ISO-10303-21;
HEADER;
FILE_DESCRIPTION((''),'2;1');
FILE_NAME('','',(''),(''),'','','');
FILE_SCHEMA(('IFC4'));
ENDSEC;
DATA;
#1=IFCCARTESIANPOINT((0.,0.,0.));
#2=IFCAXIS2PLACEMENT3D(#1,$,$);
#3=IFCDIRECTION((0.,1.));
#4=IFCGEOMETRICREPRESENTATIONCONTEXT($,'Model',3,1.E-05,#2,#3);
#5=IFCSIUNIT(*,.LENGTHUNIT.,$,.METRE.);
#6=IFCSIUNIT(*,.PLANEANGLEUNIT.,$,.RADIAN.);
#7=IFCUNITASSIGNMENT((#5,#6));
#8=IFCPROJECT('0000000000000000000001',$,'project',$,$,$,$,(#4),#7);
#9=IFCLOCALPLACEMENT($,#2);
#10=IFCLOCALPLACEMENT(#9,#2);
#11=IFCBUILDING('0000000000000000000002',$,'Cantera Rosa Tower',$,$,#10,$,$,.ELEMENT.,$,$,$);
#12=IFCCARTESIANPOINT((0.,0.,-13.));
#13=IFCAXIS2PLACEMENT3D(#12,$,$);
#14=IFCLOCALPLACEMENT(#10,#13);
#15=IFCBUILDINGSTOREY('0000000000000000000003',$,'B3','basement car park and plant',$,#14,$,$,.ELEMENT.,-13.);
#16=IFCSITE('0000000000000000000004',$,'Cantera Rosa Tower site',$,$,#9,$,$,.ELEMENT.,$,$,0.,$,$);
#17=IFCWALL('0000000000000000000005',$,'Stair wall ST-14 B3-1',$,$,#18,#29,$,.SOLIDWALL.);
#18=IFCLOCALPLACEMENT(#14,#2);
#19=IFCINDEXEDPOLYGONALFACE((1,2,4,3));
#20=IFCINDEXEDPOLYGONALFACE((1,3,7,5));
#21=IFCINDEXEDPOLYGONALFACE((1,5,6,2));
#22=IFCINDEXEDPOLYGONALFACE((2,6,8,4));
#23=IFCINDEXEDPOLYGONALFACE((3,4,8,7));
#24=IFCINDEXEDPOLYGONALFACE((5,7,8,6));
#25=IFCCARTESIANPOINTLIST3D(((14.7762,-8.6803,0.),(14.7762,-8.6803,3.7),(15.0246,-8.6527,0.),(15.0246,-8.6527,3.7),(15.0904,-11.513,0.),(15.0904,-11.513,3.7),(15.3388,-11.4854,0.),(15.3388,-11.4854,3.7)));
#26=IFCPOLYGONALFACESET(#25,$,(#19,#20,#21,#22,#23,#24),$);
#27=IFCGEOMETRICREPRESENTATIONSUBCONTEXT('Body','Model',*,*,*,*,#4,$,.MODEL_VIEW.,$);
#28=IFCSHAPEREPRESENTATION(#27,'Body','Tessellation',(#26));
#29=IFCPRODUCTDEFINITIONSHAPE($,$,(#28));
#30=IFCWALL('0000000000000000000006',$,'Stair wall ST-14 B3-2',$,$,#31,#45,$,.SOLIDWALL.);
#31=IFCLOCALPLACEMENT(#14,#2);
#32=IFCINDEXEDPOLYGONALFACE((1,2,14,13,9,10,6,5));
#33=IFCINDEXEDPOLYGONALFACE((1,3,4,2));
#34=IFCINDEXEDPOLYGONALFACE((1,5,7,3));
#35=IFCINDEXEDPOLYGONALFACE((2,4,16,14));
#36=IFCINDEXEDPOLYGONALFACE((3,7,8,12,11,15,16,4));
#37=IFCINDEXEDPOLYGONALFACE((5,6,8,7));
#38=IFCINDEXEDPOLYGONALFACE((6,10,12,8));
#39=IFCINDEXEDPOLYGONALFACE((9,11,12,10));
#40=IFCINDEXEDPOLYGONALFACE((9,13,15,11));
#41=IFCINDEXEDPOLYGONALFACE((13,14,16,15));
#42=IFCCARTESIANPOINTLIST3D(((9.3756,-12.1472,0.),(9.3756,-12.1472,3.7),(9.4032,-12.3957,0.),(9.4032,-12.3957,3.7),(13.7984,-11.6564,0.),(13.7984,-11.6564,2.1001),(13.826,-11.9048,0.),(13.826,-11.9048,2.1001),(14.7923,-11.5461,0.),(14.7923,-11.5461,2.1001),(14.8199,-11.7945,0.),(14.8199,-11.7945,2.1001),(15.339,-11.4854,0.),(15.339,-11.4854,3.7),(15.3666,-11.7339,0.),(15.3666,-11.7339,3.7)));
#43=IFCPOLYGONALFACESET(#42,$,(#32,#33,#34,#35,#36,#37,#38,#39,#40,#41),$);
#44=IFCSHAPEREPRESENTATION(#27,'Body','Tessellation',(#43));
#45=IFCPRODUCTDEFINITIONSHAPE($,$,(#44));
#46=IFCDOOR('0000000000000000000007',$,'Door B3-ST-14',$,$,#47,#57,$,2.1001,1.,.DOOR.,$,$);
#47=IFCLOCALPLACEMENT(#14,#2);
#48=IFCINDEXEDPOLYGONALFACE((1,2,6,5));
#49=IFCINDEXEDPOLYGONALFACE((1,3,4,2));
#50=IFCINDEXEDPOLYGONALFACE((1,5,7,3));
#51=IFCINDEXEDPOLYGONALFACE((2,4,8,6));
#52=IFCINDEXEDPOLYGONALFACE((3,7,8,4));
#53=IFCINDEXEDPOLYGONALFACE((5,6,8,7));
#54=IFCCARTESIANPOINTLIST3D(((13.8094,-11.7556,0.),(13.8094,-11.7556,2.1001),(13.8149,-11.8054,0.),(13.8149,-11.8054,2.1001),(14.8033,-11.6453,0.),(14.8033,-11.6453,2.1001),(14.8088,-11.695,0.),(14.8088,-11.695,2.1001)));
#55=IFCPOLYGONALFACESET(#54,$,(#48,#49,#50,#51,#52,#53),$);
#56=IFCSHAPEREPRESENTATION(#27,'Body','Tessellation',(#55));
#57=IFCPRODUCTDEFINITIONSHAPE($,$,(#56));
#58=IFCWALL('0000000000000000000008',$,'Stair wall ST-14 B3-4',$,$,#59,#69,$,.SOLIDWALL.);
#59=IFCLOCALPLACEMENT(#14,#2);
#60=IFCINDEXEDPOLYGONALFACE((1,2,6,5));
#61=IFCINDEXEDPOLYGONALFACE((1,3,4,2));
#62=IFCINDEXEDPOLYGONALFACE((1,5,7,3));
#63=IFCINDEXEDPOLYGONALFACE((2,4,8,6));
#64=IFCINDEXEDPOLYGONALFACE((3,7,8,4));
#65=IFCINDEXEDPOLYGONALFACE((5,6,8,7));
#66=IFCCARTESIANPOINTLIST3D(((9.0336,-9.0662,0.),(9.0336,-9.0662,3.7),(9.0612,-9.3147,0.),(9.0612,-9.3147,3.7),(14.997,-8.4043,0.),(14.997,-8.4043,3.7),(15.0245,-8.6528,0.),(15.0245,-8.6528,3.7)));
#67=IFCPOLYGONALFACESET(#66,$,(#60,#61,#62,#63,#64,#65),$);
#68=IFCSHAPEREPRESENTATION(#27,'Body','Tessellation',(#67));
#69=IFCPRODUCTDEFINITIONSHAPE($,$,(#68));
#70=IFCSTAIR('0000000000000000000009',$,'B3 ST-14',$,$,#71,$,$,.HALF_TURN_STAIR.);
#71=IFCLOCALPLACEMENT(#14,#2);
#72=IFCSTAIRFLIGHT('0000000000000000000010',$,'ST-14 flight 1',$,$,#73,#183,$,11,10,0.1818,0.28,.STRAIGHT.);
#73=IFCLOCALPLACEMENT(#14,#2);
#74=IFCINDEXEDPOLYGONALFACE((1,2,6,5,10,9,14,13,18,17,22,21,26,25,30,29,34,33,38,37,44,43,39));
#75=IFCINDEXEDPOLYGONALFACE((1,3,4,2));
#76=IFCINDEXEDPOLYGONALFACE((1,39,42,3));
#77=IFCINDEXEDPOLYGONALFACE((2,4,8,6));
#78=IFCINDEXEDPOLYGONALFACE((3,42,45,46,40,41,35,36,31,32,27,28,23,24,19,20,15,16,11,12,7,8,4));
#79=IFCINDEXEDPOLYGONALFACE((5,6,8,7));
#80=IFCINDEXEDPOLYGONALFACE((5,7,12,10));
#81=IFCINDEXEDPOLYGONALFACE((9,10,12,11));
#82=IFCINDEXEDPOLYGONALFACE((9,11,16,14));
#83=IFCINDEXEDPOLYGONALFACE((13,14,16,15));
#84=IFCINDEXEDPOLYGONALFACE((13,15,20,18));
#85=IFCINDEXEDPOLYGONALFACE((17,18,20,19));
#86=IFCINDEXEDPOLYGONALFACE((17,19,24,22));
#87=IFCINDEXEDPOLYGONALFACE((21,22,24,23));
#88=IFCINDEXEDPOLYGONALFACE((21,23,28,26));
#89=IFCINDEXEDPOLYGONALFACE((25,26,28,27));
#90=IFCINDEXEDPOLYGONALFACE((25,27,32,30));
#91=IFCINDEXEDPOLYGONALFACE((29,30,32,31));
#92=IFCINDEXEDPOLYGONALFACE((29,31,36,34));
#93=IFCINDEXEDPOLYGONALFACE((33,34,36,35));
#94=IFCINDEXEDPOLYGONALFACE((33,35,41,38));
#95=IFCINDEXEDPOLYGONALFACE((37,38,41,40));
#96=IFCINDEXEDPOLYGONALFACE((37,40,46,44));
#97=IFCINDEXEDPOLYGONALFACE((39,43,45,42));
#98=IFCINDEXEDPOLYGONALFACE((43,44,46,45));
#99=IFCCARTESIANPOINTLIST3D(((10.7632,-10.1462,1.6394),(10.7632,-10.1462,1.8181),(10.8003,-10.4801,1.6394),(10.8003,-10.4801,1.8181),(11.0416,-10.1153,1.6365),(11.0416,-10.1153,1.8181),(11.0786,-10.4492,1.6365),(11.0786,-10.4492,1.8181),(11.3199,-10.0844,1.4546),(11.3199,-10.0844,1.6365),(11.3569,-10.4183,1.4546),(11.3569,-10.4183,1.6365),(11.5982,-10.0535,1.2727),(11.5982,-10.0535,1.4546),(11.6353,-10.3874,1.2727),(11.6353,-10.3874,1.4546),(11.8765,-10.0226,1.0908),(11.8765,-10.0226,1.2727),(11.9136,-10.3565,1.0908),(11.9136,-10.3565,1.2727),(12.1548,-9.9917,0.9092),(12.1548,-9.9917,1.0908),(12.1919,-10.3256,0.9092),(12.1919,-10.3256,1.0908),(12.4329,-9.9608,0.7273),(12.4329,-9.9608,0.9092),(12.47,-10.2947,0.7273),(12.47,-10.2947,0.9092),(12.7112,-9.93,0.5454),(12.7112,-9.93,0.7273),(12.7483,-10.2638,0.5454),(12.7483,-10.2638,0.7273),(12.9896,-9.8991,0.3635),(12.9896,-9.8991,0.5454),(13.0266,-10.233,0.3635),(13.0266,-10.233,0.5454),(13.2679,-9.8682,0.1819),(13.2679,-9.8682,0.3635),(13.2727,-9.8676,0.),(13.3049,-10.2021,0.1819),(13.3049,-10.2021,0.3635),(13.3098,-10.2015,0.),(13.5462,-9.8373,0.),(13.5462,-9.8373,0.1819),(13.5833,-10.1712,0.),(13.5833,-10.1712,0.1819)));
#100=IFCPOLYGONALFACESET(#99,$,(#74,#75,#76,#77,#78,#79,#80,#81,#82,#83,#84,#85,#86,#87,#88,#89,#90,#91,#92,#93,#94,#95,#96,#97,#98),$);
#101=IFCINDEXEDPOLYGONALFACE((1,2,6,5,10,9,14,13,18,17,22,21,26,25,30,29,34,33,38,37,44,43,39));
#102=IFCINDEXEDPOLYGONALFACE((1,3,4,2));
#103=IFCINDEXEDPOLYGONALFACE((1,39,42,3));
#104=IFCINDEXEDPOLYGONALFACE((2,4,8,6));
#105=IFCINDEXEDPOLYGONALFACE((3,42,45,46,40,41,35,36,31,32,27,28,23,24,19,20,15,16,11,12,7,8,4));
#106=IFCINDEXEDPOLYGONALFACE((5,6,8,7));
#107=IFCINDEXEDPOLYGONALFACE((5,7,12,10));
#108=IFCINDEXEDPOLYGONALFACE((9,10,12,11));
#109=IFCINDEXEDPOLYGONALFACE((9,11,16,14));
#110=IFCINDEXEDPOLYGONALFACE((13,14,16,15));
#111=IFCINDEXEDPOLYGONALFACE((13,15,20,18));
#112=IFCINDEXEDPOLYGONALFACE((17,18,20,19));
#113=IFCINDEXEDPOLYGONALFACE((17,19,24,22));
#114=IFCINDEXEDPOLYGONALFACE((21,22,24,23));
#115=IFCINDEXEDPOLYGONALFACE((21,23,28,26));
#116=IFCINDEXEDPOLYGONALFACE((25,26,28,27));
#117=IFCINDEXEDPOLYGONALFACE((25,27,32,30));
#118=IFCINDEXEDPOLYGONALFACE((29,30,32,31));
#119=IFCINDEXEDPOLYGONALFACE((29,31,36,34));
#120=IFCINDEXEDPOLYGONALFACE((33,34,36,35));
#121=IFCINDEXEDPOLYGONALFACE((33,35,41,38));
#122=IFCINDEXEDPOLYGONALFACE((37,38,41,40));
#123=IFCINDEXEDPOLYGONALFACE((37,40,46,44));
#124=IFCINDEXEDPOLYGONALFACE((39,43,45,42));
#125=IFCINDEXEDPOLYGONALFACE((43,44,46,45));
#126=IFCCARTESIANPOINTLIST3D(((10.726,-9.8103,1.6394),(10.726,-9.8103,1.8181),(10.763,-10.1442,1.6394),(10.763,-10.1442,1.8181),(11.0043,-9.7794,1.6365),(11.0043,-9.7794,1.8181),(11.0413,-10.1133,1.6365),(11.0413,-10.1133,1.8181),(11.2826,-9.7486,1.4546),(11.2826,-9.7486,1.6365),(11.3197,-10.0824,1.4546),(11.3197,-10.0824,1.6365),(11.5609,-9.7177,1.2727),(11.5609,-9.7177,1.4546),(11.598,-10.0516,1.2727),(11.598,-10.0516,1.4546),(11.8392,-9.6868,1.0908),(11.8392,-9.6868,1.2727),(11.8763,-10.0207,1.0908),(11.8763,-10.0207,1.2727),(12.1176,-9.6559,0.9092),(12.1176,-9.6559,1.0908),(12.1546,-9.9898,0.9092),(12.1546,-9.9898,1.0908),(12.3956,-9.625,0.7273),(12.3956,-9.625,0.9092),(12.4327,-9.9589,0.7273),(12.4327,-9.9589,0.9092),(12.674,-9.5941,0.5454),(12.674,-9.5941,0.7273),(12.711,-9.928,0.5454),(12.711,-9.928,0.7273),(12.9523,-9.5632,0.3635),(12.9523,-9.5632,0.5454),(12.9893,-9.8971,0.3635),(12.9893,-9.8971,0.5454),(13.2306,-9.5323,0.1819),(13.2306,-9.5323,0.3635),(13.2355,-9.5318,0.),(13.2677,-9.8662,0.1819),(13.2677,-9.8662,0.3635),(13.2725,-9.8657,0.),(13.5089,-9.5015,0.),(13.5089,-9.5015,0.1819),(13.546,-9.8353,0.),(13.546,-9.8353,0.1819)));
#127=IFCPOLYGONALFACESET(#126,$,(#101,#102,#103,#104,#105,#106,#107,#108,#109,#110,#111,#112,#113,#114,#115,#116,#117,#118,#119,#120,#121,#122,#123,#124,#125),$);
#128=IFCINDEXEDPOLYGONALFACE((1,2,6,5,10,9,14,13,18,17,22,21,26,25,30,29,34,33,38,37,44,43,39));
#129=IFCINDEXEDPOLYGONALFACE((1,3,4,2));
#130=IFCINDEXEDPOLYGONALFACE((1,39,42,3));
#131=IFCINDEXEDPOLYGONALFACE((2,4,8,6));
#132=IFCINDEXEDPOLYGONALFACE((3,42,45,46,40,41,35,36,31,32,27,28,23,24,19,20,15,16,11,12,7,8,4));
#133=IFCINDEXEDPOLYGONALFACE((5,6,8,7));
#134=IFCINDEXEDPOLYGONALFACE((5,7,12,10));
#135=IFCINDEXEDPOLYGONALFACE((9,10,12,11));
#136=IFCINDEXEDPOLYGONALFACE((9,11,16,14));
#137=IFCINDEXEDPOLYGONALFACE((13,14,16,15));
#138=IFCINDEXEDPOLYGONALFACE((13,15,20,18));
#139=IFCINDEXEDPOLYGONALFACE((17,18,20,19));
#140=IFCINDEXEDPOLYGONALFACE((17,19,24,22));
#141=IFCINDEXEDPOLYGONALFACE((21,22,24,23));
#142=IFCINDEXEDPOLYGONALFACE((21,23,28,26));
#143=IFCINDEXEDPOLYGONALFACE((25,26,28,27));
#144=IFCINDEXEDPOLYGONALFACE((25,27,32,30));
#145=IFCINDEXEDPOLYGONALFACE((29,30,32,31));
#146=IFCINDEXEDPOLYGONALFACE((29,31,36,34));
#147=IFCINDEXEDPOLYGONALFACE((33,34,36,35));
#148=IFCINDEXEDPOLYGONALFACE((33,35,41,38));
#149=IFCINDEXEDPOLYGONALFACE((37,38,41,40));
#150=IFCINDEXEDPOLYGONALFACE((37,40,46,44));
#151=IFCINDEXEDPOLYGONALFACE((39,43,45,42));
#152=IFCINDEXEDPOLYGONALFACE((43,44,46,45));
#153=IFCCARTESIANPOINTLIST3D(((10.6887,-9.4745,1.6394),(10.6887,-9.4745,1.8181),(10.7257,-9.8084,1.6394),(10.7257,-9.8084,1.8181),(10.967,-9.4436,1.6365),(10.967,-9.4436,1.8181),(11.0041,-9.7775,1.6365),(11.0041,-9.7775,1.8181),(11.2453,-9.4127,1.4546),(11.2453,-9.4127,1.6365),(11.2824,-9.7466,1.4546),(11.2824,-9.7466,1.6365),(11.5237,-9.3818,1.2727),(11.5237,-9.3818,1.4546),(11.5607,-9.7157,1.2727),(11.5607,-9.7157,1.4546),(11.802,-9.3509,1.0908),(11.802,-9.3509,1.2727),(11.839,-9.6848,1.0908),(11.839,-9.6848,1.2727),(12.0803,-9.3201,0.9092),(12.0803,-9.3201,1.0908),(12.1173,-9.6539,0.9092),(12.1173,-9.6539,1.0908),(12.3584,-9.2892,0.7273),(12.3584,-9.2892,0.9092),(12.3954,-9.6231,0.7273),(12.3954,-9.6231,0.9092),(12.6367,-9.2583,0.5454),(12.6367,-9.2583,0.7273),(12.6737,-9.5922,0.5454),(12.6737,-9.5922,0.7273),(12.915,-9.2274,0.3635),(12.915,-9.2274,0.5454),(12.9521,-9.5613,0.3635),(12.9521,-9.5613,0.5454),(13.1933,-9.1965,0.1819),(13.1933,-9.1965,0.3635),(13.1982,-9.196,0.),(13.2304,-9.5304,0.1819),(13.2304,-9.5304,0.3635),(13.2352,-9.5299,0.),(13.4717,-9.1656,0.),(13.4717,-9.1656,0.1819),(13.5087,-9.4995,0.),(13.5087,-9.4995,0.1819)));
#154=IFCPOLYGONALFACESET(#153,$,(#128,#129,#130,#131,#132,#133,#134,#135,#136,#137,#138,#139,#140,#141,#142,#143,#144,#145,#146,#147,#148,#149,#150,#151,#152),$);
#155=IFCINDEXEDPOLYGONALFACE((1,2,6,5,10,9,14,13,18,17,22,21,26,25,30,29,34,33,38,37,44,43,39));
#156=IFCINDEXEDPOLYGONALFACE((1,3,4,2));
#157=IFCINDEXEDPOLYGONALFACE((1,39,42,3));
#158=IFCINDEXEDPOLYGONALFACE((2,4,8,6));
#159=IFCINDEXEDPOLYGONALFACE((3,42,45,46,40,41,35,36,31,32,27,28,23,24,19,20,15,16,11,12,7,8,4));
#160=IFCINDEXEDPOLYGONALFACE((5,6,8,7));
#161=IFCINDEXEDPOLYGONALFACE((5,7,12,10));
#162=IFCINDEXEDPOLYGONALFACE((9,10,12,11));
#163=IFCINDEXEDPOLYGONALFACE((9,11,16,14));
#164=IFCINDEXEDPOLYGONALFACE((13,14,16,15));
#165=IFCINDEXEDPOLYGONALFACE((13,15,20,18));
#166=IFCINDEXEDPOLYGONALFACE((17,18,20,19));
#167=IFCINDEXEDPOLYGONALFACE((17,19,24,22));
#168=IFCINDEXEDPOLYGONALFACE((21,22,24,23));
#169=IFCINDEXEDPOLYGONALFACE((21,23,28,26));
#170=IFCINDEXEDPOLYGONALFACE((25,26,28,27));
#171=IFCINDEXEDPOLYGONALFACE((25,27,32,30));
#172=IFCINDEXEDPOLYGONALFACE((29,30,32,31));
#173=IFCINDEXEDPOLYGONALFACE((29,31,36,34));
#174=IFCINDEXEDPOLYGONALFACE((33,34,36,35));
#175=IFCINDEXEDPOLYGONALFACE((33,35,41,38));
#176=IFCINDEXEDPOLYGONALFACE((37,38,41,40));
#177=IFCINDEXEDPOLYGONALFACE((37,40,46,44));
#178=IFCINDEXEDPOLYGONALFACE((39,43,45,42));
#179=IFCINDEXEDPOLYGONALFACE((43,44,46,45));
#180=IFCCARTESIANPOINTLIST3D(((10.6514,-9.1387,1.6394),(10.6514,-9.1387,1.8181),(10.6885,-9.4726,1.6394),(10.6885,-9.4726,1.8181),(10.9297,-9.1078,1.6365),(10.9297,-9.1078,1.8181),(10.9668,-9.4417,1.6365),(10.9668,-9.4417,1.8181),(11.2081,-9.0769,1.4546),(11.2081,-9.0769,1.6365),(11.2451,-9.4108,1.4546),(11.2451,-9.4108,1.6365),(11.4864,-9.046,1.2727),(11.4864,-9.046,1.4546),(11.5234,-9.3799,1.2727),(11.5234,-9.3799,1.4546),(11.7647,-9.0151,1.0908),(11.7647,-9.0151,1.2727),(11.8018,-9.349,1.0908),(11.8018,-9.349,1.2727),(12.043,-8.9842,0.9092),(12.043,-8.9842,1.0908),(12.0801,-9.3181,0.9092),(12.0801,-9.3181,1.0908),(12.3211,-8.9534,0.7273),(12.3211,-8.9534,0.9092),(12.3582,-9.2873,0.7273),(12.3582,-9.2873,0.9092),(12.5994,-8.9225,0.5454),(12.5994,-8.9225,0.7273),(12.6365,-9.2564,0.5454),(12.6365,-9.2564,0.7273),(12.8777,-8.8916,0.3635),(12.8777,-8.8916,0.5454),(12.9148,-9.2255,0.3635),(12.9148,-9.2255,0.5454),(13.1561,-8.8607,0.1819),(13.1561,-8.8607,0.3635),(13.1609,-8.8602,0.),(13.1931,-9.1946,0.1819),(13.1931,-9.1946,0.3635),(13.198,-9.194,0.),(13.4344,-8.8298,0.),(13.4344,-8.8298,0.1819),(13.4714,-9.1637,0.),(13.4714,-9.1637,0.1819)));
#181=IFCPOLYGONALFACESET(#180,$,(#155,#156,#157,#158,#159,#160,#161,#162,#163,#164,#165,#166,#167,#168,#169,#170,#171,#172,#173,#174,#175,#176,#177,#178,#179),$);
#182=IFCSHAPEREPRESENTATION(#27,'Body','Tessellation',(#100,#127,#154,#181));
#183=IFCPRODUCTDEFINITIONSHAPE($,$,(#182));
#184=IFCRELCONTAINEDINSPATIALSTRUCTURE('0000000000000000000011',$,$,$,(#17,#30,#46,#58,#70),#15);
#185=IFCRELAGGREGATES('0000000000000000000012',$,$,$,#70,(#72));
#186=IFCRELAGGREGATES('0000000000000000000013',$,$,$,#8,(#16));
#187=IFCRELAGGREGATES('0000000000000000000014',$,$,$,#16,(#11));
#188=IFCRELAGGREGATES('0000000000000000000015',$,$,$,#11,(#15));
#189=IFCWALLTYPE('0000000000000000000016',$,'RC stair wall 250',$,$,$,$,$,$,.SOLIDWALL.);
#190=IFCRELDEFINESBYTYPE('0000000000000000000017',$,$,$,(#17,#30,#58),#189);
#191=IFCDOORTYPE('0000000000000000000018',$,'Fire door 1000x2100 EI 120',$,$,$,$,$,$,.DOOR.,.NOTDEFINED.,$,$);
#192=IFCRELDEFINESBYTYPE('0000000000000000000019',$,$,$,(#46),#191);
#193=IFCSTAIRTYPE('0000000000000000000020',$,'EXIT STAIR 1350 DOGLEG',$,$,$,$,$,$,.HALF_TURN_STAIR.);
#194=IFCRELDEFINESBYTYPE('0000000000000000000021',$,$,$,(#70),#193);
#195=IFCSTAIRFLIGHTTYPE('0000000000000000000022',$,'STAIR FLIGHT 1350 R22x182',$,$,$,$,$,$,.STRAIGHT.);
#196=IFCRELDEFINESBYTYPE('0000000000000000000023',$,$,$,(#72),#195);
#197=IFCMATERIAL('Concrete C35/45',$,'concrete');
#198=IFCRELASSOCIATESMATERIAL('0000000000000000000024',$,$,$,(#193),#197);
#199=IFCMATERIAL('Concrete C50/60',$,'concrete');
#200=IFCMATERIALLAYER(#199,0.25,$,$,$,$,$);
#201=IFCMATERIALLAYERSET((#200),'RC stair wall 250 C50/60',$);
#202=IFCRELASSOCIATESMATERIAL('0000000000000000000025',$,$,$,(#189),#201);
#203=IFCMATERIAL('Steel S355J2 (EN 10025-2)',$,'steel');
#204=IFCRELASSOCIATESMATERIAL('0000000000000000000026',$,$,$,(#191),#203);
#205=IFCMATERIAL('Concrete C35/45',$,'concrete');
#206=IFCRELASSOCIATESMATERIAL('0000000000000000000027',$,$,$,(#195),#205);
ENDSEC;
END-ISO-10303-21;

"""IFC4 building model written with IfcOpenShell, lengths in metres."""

from ifc_helpers import new_model, si_unit, direction, frame, frame_2d, origin, place, context, subcontext, project, spatial, polyline, rectangle, outline, extrude, material, layer, layer_set, type_object, element, fill, aggregate, save


model = new_model("IFC4")

# Units and contexts
model_context = context("Model", 3, precision=1e-05, world=origin(), true_north=direction((0.0, 1.0)))
body_context = subcontext(model_context, "Body", "Model", "MODEL_VIEW")
ifc_project = project(units=[si_unit("LENGTHUNIT", "METRE"), si_unit("PLANEANGLEUNIT", "RADIAN")], contexts=[model_context])

# Site, building, storey
site_placement = place(None, origin())
site = spatial("IfcSite", under=ifc_project, at=site_placement, Name="Cantera Rosa Tower site", CompositionType="ELEMENT", RefElevation=0.0)
building_placement = place(site_placement, origin())
building = spatial("IfcBuilding", under=site, at=building_placement, Name="Cantera Rosa Tower", CompositionType="ELEMENT")
storey_placement = place(building_placement, frame((0.0, 0.0, -13.0)))
storey = spatial("IfcBuildingStorey", under=building, at=storey_placement, Name="B3", Description="basement car park and plant", CompositionType="ELEMENT", Elevation=-13.0)

# Shared definitions
ifc_material_1 = material(Name="Concrete C35/45", Category="concrete")
stair_type = type_object("IfcStairType", Name="EXIT STAIR 1350 DOGLEG", PredefinedType="HALF_TURN_STAIR", material=ifc_material_1)

# Wall
ifc_material_2 = material(Name="Concrete C50/60", Category="concrete")
ifc_layer_1 = layer(ifc_material_2, 0.25)
ifc_layer_set_1 = layer_set([ifc_layer_1], Name="RC stair wall 250 C50/60")
wall_type_1 = type_object("IfcWallType", Name="RC stair wall 250", PredefinedType="SOLIDWALL", material=ifc_layer_set_1)
wall_1_placement = place(storey_placement, frame((14.9004, -8.6665, 0.0), z_axis=(0.0, 0.0, 1.0), x_axis=(0.110243, -0.993905, 0.0)))
element("IfcWall", 1, at=wall_1_placement, inside=storey, type_object=wall_type_1, Name="Stair wall ST-14 B3-1", PredefinedType="SOLIDWALL", context=body_context, shape_type="SweptSolid", body=[
    extrude(rectangle(XDim=2.8501, YDim=0.25, at=frame_2d((1.425, 0.0))), origin(), (0.0, 0.0, 1.0), 3.7),
])

# Wall, opening, door
wall_2_placement = place(storey_placement, frame((15.3528, -11.6096, 0.0), z_axis=(0.0, 0.0, 1.0), x_axis=(-0.993897, -0.110311, 0.0)))
wall_2 = element("IfcWall", 2, at=wall_2_placement, inside=storey, type_object=wall_type_1, Name="Stair wall ST-14 B3-2", PredefinedType="SOLIDWALL", context=body_context, shape_type="SweptSolid", body=[
    extrude(rectangle(XDim=6.0, YDim=0.25, at=frame_2d((3.0, 0.0))), origin(), (0.0, 0.0, 1.0), 3.7),
])
opening_1_placement = place(wall_2_placement, frame((0.55, 0.0, 0.0)))
opening_1 = element("IfcOpeningElement", 3, at=opening_1_placement, cuts=wall_2, PredefinedType="OPENING", context=body_context, shape_type="SweptSolid", body=[
    extrude(rectangle(XDim=1.0, YDim=2.1001, at=frame_2d((0.5, 1.05))), frame((0.0, 0.135, 0.0), z_axis=(0.0, -1.0, 0.0), x_axis=(1.0, 0.0, 0.0)), (0.0, 0.0, 1.0), 0.27),
])
ifc_material_3 = material(Name="Steel S355J2 (EN 10025-2)", Category="steel")
door_type_1 = type_object("IfcDoorType", Name="Fire door 1000x2100 EI 120", OperationType="NOTDEFINED", PredefinedType="DOOR", material=ifc_material_3)
door_1_placement = place(opening_1_placement, origin())
door_1 = element("IfcDoor", 4, at=door_1_placement, inside=storey, type_object=door_type_1, Name="Door B3-ST-14", OverallHeight=2.1001, OverallWidth=1.0, PredefinedType="DOOR", context=body_context, shape_type="SweptSolid", body=[
    extrude(rectangle(XDim=1.0, YDim=2.1001, at=frame_2d((0.5, 1.05))), frame((0.0, 0.0249, 0.0), z_axis=(0.0, -1.0, 0.0), x_axis=(1.0, 0.0, 0.0)), (0.0, 0.0, 1.0), 0.05),
])
fill(opening_1, door_1)

# Wall
wall_3_placement = place(storey_placement, frame((9.0474, -9.1904, 0.0), z_axis=(0.0, 0.0, 1.0), x_axis=(0.993897, 0.110311, 0.0)))
element("IfcWall", 5, at=wall_3_placement, inside=storey, type_object=wall_type_1, Name="Stair wall ST-14 B3-4", PredefinedType="SOLIDWALL", context=body_context, shape_type="SweptSolid", body=[
    extrude(rectangle(XDim=6.0, YDim=0.25, at=frame_2d((3.0, 0.0))), origin(), (0.0, 0.0, 1.0), 3.7),
])

# Stair, stair flight
stair_1_placement = place(storey_placement, origin())
stair_1 = element("IfcStair", 6, at=stair_1_placement, inside=storey, type_object=stair_type, Name="B3 ST-14", PredefinedType="HALF_TURN_STAIR")
ifc_material_4 = material(Name="Concrete C35/45", Category="concrete")
stair_flight_type = type_object("IfcStairFlightType", Name="STAIR FLIGHT 1350 R22x182", PredefinedType="STRAIGHT", material=ifc_material_4)
stair_flight_1_placement = place(storey_placement, frame((13.5088, -9.5002, 0.0), z_axis=(0.0, 0.0, 1.0), x_axis=(-0.993897, -0.110313, 0.0)))
stair_flight_1 = element("IfcStairFlight", 7, at=stair_flight_1_placement, type_object=stair_flight_type, Name="ST-14 flight 1", NumberOfRisers=11, NumberOfTreads=10, PredefinedType="STRAIGHT", RiserHeight=0.1818, TreadLength=0.28, context=body_context, shape_type="SweptSolid", body=[
    extrude(outline(polyline([(0.0, 0.0), (0.0, 0.1819), (0.28, 0.1819), (0.28, 0.3635), (0.5601, 0.3635), (0.5601, 0.5454), (0.8401, 0.5454), (0.8401, 0.7273), (1.1201, 0.7273), (1.1201, 0.9092), (1.3999, 0.9092), (1.3999, 1.0908), (1.6799, 1.0908), (1.6799, 1.2727), (1.96, 1.2727), (1.96, 1.4546), (2.24, 1.4546), (2.24, 1.6365), (2.52, 1.6365), (2.52, 1.8181), (2.8, 1.8181), (2.8, 2.0), (2.8, 1.6394), (0.2751, 0.0), (0.0, 0.0)])), frame((0.0, 0.675, 0.0), z_axis=(0.0, -1.0, 0.0), x_axis=(1.0, 0.0, 0.0)), (0.0, 0.0, 1.0), 0.3359),
    extrude(outline(polyline([(0.0, 0.0), (0.0, 0.1819), (0.28, 0.1819), (0.28, 0.3635), (0.5601, 0.3635), (0.5601, 0.5454), (0.8401, 0.5454), (0.8401, 0.7273), (1.1201, 0.7273), (1.1201, 0.9092), (1.3999, 0.9092), (1.3999, 1.0908), (1.6799, 1.0908), (1.6799, 1.2727), (1.96, 1.2727), (1.96, 1.4546), (2.24, 1.4546), (2.24, 1.6365), (2.52, 1.6365), (2.52, 1.8181), (2.8, 1.8181), (2.8, 2.0), (2.8, 1.6394), (0.2751, 0.0), (0.0, 0.0)])), frame((0.0, 0.3372, 0.0), z_axis=(0.0, -1.0, 0.0), x_axis=(1.0, 0.0, 0.0)), (0.0, 0.0, 1.0), 0.3359),
    extrude(outline(polyline([(0.0, 0.0), (0.0, 0.1819), (0.28, 0.1819), (0.28, 0.3635), (0.5601, 0.3635), (0.5601, 0.5454), (0.8401, 0.5454), (0.8401, 0.7273), (1.1201, 0.7273), (1.1201, 0.9092), (1.3999, 0.9092), (1.3999, 1.0908), (1.6799, 1.0908), (1.6799, 1.2727), (1.96, 1.2727), (1.96, 1.4546), (2.24, 1.4546), (2.24, 1.6365), (2.52, 1.6365), (2.52, 1.8181), (2.8, 1.8181), (2.8, 2.0), (2.8, 1.6394), (0.2751, 0.0), (0.0, 0.0)])), frame((0.0, -0.0007, 0.0), z_axis=(0.0, -1.0, 0.0), x_axis=(1.0, 0.0, 0.0)), (0.0, 0.0, 1.0), 0.3359),
    extrude(outline(polyline([(0.0, 0.0), (0.0, 0.1819), (0.28, 0.1819), (0.28, 0.3635), (0.5601, 0.3635), (0.5601, 0.5454), (0.8401, 0.5454), (0.8401, 0.7273), (1.1201, 0.7273), (1.1201, 0.9092), (1.3999, 0.9092), (1.3999, 1.0908), (1.6799, 1.0908), (1.6799, 1.2727), (1.96, 1.2727), (1.96, 1.4546), (2.24, 1.4546), (2.24, 1.6365), (2.52, 1.6365), (2.52, 1.8181), (2.8, 1.8181), (2.8, 2.0), (2.8, 1.6394), (0.2751, 0.0), (0.0, 0.0)])), frame((0.0, -0.3386, 0.0), z_axis=(0.0, -1.0, 0.0), x_axis=(1.0, 0.0, 0.0)), (0.0, 0.0, 1.0), 0.3359),
])
aggregate(stair_1, [stair_flight_1])

save(model, "model.ifc")
